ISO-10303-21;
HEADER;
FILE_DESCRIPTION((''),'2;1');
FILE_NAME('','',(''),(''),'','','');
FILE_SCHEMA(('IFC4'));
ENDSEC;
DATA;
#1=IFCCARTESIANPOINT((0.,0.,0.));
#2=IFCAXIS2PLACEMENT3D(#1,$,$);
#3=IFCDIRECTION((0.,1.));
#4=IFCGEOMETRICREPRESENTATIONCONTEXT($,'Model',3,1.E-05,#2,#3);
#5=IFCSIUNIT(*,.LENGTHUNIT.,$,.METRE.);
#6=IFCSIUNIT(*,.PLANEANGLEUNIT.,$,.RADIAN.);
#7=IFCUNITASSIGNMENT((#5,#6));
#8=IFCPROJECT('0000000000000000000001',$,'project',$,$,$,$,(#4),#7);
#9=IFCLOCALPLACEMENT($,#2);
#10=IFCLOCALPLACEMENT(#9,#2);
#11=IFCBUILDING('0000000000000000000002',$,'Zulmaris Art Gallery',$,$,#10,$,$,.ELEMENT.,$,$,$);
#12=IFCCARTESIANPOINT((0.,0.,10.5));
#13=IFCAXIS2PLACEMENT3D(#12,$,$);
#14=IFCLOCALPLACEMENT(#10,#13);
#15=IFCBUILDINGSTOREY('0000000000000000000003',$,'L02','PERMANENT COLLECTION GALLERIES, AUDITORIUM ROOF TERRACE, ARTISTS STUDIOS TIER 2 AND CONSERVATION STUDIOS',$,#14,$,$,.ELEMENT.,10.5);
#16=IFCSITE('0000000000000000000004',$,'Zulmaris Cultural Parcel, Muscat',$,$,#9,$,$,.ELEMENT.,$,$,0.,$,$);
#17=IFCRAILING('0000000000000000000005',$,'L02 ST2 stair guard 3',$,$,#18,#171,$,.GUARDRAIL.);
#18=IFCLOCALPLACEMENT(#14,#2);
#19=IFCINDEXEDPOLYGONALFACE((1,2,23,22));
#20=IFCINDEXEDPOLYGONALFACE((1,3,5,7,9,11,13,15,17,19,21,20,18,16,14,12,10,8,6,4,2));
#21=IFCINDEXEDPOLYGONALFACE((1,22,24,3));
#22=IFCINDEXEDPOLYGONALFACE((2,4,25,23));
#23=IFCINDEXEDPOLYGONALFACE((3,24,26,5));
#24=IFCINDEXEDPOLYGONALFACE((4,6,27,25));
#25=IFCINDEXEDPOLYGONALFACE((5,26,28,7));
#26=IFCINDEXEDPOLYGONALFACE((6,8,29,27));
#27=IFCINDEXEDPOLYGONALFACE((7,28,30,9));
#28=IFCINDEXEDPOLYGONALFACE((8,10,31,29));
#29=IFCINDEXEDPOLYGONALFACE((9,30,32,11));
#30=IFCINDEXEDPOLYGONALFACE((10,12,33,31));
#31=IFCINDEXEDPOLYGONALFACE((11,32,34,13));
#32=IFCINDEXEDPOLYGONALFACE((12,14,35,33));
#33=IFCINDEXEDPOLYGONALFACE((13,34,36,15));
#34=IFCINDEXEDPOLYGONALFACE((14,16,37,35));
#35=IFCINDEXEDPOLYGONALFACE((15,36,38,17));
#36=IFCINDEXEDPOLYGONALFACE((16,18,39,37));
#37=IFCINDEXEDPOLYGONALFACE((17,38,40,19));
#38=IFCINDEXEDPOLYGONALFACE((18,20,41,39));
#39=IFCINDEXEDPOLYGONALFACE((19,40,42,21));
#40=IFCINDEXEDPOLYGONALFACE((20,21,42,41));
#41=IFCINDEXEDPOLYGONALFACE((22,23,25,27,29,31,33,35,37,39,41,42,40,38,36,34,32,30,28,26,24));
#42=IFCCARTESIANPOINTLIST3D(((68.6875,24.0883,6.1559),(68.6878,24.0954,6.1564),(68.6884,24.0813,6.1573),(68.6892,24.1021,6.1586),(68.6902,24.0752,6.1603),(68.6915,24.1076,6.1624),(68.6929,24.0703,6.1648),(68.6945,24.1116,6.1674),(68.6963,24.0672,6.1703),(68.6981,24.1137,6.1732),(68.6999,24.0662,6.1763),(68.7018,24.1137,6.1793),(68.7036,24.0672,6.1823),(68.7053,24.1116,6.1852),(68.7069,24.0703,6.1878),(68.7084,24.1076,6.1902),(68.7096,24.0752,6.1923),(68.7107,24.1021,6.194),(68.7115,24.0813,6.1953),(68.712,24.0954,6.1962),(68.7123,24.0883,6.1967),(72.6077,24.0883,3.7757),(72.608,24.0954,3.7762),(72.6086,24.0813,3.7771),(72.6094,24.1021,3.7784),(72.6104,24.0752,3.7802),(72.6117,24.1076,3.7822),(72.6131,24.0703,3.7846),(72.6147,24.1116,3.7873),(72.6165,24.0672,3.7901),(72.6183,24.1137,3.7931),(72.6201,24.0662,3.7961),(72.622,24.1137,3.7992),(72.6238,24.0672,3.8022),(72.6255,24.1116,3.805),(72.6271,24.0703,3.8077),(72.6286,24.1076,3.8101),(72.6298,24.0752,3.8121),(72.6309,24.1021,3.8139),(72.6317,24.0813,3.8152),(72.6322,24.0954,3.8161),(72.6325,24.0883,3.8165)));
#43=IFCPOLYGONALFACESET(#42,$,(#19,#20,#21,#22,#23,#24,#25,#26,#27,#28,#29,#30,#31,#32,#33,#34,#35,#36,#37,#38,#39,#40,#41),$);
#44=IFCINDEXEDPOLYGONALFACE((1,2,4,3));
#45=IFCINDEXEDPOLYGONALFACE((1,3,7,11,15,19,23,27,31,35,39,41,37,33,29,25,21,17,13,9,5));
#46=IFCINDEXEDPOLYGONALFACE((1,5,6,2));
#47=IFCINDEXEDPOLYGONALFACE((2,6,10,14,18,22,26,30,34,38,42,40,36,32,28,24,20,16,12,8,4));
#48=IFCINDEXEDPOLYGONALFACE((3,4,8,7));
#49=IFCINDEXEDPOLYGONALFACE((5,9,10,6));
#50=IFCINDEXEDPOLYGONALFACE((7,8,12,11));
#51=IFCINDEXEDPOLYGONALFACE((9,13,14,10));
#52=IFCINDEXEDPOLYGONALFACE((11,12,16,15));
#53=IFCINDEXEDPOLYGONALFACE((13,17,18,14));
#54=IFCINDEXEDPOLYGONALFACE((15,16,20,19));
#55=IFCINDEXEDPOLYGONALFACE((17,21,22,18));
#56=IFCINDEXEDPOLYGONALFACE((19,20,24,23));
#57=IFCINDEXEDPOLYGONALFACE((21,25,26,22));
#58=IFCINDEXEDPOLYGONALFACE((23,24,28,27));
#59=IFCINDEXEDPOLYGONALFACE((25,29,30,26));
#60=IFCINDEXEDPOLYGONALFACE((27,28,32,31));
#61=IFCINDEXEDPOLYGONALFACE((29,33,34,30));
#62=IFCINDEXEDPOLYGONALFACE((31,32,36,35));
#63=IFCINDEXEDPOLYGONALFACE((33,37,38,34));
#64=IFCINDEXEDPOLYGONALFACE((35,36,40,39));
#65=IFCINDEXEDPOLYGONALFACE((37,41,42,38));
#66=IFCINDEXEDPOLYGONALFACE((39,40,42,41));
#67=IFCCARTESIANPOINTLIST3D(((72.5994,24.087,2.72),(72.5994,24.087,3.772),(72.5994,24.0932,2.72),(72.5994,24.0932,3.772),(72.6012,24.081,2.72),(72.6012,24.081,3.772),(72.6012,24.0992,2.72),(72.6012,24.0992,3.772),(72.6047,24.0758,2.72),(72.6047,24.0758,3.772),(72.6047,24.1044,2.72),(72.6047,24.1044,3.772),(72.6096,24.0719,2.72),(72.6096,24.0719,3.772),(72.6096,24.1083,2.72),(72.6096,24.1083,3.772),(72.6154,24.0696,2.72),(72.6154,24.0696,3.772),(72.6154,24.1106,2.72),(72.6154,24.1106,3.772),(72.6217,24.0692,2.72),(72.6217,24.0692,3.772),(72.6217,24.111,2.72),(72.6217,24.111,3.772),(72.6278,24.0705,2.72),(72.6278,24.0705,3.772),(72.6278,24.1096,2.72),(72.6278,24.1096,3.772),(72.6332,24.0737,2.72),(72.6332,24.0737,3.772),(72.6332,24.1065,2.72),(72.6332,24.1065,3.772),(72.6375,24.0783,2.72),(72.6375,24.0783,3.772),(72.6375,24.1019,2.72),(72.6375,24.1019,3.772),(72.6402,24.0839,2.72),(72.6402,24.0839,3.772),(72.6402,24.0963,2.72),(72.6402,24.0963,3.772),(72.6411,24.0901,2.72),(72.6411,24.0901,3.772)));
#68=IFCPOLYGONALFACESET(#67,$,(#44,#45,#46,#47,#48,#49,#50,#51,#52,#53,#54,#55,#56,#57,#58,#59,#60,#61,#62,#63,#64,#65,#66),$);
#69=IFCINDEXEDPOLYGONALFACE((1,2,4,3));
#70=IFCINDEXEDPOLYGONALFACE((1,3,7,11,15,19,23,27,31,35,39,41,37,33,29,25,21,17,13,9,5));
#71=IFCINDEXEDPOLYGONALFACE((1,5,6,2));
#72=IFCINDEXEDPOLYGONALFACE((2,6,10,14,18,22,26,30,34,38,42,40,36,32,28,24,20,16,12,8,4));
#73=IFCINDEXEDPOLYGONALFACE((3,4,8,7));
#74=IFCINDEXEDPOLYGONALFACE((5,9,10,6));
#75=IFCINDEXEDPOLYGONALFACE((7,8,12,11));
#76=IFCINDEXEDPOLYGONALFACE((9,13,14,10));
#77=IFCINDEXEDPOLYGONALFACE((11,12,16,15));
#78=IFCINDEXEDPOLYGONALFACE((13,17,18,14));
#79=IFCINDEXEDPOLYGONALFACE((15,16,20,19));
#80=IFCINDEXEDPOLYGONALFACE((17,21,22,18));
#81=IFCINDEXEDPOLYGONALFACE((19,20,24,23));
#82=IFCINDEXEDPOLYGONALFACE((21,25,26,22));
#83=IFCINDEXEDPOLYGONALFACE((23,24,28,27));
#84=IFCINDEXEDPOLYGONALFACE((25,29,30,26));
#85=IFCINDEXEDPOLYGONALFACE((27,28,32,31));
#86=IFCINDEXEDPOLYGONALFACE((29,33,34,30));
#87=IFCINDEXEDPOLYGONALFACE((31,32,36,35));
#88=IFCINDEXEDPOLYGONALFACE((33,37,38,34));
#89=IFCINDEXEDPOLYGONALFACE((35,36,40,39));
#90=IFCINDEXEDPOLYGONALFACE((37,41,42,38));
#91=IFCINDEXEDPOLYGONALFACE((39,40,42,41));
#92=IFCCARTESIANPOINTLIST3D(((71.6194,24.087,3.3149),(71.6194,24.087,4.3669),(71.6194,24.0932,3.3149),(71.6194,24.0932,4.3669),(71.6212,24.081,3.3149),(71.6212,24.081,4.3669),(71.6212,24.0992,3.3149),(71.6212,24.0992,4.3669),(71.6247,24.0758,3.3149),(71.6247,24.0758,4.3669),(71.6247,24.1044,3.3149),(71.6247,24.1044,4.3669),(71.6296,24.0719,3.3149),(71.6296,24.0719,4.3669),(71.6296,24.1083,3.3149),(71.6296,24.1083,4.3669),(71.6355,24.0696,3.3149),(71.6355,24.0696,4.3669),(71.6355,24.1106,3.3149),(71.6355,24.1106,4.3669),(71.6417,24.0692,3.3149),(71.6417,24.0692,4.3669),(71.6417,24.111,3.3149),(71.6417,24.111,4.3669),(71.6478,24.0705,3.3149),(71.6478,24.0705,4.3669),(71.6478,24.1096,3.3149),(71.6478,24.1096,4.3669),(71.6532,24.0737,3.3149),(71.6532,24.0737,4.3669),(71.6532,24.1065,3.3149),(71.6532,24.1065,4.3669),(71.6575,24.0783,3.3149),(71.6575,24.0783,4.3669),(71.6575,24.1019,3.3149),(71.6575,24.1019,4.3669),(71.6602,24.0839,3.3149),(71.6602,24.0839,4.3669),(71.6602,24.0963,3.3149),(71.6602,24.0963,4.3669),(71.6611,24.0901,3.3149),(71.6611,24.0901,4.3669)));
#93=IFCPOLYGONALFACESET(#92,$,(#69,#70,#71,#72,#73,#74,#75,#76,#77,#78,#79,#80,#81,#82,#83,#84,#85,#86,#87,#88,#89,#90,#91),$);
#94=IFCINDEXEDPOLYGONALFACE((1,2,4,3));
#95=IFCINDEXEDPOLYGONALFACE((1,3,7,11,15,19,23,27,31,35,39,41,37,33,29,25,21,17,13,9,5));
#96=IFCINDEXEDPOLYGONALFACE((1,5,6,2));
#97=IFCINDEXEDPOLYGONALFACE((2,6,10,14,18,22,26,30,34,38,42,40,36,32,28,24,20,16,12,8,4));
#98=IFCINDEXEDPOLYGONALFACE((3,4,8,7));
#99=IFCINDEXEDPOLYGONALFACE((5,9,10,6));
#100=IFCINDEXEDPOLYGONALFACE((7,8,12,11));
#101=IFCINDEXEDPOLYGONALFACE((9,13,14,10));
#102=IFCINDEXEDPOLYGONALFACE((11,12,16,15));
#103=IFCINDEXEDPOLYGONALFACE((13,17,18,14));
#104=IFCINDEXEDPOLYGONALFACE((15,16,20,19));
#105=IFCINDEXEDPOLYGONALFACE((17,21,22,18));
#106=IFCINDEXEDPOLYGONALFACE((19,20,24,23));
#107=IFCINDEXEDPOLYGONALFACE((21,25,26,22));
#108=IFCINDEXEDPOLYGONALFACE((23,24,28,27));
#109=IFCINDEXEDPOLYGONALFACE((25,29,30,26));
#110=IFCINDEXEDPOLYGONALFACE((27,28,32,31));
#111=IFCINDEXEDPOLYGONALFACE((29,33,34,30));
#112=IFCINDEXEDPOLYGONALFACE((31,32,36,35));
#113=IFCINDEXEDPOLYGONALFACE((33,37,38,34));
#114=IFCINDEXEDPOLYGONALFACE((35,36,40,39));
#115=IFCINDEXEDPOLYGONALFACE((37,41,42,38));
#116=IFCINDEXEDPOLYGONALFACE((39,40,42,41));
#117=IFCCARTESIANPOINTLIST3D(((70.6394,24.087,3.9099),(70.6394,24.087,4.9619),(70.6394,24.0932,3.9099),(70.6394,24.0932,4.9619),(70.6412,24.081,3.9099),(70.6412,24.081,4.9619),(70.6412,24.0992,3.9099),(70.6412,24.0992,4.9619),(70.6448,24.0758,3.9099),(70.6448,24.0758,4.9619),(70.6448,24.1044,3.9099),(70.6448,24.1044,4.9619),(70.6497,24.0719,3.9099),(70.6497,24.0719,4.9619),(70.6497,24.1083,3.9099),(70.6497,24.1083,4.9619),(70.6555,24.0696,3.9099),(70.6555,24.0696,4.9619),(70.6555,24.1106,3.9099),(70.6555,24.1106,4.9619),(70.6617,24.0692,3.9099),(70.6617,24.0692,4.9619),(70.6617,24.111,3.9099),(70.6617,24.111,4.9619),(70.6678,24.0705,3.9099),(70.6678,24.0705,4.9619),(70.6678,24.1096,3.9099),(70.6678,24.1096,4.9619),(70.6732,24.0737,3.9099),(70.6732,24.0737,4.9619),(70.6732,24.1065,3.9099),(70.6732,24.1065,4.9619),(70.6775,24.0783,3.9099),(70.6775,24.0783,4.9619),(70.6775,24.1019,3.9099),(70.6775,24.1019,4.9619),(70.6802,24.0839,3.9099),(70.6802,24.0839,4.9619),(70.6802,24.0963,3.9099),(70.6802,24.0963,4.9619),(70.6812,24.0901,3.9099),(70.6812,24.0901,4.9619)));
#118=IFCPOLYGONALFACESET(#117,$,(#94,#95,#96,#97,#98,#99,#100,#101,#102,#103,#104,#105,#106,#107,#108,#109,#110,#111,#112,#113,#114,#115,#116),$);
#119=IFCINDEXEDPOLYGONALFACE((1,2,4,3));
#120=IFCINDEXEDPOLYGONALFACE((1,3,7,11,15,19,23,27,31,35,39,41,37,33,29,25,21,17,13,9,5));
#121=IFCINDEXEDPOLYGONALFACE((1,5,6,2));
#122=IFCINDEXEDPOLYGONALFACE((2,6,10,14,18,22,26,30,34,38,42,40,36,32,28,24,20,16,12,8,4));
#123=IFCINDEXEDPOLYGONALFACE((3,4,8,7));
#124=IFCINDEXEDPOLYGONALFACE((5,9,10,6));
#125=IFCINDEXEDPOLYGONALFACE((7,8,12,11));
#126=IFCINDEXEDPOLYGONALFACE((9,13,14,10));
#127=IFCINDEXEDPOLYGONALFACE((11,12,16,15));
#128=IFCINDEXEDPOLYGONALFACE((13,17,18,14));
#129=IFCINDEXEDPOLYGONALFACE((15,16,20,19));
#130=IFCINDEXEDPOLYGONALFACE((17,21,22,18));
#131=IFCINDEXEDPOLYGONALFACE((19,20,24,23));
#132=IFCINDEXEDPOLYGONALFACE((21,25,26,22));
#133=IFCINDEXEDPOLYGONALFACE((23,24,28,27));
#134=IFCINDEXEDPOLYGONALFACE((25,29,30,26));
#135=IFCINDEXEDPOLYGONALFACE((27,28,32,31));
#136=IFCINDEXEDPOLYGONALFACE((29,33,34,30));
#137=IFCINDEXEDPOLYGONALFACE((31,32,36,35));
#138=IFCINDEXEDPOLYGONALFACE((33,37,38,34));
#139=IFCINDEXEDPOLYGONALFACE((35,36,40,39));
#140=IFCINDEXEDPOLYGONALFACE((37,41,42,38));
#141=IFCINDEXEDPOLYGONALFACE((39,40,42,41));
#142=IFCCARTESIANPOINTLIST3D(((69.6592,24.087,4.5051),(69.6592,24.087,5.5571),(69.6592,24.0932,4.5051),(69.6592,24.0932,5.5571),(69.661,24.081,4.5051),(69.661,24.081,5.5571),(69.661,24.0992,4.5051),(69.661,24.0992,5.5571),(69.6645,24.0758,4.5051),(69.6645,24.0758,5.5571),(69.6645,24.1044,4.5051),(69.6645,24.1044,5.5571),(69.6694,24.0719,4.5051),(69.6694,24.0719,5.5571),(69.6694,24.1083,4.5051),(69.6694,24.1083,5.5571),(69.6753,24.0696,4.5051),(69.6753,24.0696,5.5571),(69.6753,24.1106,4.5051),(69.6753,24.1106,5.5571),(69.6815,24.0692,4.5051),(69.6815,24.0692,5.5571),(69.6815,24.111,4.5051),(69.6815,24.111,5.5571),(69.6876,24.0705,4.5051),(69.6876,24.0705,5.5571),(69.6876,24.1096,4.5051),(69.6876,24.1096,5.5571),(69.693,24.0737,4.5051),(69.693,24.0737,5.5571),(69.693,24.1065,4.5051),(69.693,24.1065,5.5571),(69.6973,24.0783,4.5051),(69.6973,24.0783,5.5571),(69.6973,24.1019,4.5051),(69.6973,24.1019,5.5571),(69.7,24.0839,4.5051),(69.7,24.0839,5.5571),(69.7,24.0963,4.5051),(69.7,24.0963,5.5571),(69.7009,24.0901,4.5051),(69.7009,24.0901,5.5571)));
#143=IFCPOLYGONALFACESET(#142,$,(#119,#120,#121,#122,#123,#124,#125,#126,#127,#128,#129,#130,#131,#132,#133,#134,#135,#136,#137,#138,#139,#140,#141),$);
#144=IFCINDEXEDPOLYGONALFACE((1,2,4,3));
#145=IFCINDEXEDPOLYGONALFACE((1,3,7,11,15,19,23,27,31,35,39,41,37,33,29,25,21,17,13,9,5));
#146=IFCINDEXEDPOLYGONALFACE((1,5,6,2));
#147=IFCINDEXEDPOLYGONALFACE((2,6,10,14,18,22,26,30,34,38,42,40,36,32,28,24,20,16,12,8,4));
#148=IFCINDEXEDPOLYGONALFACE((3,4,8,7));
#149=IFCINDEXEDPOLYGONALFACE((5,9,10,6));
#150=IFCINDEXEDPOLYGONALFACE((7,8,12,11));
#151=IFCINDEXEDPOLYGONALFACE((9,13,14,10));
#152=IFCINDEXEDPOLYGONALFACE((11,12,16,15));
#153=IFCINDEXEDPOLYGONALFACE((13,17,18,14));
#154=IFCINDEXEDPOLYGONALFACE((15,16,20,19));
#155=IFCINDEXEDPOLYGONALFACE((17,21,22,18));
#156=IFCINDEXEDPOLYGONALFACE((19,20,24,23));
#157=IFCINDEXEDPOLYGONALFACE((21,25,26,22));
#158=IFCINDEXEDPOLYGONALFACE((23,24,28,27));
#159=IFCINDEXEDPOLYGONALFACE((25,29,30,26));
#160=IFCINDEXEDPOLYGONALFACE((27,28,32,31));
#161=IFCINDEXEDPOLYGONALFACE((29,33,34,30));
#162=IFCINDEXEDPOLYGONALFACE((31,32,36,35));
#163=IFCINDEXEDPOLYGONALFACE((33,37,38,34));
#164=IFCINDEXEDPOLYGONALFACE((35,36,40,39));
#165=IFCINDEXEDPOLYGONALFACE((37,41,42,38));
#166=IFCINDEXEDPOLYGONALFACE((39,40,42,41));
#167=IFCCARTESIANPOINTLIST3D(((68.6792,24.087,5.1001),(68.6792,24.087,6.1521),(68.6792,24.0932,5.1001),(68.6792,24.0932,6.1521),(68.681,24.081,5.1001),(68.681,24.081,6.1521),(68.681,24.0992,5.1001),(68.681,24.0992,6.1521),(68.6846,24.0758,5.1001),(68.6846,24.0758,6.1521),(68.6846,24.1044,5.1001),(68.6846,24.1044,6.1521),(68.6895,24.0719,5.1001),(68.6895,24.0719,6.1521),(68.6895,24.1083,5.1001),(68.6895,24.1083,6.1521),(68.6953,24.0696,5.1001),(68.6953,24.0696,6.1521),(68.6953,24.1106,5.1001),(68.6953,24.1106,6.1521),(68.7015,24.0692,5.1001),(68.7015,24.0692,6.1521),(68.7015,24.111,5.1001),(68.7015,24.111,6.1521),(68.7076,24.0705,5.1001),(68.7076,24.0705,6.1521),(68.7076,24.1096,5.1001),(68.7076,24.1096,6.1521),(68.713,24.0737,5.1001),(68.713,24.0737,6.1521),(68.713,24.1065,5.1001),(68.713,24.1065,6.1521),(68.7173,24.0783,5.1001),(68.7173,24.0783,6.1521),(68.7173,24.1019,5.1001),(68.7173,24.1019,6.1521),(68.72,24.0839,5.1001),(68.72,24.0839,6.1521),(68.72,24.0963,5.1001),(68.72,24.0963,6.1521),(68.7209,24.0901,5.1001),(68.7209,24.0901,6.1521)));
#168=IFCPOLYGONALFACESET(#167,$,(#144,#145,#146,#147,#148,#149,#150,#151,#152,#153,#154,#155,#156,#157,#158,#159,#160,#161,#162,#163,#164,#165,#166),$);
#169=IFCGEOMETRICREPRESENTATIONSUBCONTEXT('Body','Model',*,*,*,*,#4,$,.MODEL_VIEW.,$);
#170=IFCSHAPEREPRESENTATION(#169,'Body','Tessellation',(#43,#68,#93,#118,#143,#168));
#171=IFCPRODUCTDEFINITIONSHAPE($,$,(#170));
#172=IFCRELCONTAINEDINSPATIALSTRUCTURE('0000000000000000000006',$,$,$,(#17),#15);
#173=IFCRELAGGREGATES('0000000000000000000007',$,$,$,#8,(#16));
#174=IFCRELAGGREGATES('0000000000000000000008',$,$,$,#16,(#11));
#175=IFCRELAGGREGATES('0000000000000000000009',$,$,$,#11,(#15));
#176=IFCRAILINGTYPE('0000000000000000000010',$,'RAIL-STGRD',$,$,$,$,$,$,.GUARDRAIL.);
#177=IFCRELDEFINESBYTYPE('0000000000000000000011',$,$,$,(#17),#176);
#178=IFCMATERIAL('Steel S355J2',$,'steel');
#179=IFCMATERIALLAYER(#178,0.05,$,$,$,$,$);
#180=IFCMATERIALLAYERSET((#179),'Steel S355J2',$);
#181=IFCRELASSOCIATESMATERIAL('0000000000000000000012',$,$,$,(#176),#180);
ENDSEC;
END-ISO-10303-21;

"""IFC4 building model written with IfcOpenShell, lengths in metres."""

from ifc_helpers import new_model, si_unit, direction, frame, origin, origin_2d, place, context, subcontext, project, spatial, circle, extrude, material, layer, layer_set, type_object, element, save


model = new_model("IFC4")

# Units and contexts
model_context = context("Model", 3, precision=1e-05, world=origin(), true_north=direction((0.0, 1.0)))
body_context = subcontext(model_context, "Body", "Model", "MODEL_VIEW")
ifc_project = project(units=[si_unit("LENGTHUNIT", "METRE"), si_unit("PLANEANGLEUNIT", "RADIAN")], contexts=[model_context])

# Site, building, storey
site_placement = place(None, origin())
site = spatial("IfcSite", under=ifc_project, at=site_placement, Name="Zulmaris Cultural Parcel, Muscat", CompositionType="ELEMENT", RefElevation=0.0)
building_placement = place(site_placement, origin())
building = spatial("IfcBuilding", under=site, at=building_placement, Name="Zulmaris Art Gallery", CompositionType="ELEMENT")
storey_placement = place(building_placement, frame((0.0, 0.0, 10.5)))
storey = spatial("IfcBuildingStorey", under=building, at=storey_placement, Name="L02", Description="PERMANENT COLLECTION GALLERIES, AUDITORIUM ROOF TERRACE, ARTISTS STUDIOS TIER 2 AND CONSERVATION STUDIOS", CompositionType="ELEMENT", Elevation=10.5)

# Shared definitions
ifc_material_1 = material(Name="Steel S355J2", Category="steel")

# Railing
ifc_layer_1 = layer(ifc_material_1, 0.05)
ifc_layer_set_1 = layer_set([ifc_layer_1], Name="Steel S355J2")
railing_type_1 = type_object("IfcRailingType", Name="RAIL-STGRD", PredefinedType="GUARDRAIL", material=ifc_layer_set_1)
railing_1_placement = place(storey_placement, frame((72.6201, 24.0901, 2.72)))
element("IfcRailing", 1, at=railing_1_placement, inside=storey, type_object=railing_type_1, Name="L02 ST2 stair guard 3", PredefinedType="GUARDRAIL", context=body_context, shape_type="SweptSolid", body=[
    extrude(circle(Radius=0.0239, at=origin_2d()), frame((0.0, 0.0, 1.0762), z_axis=(-0.854785, 0.0, 0.518982), x_axis=(0.0, -1.0, 0.0)), (0.0, 0.0, 1.0), 4.5862),
    extrude(circle(Radius=0.021, at=origin_2d()), origin(), (0.0, 0.0, 1.0), 1.052),
    extrude(circle(Radius=0.021, at=origin_2d()), frame((-0.98, 0.0, 0.595)), (0.0, 0.0, 1.0), 1.052),
    extrude(circle(Radius=0.021, at=origin_2d()), frame((-1.96, 0.0, 1.1899)), (0.0, 0.0, 1.0), 1.052),
    extrude(circle(Radius=0.021, at=origin_2d()), frame((-2.9402, 0.0, 1.7852)), (0.0, 0.0, 1.0), 1.052),
    extrude(circle(Radius=0.021, at=origin_2d()), frame((-3.9202, 0.0, 2.3801)), (0.0, 0.0, 1.0), 1.052),
])

save(model, "model.ifc")
